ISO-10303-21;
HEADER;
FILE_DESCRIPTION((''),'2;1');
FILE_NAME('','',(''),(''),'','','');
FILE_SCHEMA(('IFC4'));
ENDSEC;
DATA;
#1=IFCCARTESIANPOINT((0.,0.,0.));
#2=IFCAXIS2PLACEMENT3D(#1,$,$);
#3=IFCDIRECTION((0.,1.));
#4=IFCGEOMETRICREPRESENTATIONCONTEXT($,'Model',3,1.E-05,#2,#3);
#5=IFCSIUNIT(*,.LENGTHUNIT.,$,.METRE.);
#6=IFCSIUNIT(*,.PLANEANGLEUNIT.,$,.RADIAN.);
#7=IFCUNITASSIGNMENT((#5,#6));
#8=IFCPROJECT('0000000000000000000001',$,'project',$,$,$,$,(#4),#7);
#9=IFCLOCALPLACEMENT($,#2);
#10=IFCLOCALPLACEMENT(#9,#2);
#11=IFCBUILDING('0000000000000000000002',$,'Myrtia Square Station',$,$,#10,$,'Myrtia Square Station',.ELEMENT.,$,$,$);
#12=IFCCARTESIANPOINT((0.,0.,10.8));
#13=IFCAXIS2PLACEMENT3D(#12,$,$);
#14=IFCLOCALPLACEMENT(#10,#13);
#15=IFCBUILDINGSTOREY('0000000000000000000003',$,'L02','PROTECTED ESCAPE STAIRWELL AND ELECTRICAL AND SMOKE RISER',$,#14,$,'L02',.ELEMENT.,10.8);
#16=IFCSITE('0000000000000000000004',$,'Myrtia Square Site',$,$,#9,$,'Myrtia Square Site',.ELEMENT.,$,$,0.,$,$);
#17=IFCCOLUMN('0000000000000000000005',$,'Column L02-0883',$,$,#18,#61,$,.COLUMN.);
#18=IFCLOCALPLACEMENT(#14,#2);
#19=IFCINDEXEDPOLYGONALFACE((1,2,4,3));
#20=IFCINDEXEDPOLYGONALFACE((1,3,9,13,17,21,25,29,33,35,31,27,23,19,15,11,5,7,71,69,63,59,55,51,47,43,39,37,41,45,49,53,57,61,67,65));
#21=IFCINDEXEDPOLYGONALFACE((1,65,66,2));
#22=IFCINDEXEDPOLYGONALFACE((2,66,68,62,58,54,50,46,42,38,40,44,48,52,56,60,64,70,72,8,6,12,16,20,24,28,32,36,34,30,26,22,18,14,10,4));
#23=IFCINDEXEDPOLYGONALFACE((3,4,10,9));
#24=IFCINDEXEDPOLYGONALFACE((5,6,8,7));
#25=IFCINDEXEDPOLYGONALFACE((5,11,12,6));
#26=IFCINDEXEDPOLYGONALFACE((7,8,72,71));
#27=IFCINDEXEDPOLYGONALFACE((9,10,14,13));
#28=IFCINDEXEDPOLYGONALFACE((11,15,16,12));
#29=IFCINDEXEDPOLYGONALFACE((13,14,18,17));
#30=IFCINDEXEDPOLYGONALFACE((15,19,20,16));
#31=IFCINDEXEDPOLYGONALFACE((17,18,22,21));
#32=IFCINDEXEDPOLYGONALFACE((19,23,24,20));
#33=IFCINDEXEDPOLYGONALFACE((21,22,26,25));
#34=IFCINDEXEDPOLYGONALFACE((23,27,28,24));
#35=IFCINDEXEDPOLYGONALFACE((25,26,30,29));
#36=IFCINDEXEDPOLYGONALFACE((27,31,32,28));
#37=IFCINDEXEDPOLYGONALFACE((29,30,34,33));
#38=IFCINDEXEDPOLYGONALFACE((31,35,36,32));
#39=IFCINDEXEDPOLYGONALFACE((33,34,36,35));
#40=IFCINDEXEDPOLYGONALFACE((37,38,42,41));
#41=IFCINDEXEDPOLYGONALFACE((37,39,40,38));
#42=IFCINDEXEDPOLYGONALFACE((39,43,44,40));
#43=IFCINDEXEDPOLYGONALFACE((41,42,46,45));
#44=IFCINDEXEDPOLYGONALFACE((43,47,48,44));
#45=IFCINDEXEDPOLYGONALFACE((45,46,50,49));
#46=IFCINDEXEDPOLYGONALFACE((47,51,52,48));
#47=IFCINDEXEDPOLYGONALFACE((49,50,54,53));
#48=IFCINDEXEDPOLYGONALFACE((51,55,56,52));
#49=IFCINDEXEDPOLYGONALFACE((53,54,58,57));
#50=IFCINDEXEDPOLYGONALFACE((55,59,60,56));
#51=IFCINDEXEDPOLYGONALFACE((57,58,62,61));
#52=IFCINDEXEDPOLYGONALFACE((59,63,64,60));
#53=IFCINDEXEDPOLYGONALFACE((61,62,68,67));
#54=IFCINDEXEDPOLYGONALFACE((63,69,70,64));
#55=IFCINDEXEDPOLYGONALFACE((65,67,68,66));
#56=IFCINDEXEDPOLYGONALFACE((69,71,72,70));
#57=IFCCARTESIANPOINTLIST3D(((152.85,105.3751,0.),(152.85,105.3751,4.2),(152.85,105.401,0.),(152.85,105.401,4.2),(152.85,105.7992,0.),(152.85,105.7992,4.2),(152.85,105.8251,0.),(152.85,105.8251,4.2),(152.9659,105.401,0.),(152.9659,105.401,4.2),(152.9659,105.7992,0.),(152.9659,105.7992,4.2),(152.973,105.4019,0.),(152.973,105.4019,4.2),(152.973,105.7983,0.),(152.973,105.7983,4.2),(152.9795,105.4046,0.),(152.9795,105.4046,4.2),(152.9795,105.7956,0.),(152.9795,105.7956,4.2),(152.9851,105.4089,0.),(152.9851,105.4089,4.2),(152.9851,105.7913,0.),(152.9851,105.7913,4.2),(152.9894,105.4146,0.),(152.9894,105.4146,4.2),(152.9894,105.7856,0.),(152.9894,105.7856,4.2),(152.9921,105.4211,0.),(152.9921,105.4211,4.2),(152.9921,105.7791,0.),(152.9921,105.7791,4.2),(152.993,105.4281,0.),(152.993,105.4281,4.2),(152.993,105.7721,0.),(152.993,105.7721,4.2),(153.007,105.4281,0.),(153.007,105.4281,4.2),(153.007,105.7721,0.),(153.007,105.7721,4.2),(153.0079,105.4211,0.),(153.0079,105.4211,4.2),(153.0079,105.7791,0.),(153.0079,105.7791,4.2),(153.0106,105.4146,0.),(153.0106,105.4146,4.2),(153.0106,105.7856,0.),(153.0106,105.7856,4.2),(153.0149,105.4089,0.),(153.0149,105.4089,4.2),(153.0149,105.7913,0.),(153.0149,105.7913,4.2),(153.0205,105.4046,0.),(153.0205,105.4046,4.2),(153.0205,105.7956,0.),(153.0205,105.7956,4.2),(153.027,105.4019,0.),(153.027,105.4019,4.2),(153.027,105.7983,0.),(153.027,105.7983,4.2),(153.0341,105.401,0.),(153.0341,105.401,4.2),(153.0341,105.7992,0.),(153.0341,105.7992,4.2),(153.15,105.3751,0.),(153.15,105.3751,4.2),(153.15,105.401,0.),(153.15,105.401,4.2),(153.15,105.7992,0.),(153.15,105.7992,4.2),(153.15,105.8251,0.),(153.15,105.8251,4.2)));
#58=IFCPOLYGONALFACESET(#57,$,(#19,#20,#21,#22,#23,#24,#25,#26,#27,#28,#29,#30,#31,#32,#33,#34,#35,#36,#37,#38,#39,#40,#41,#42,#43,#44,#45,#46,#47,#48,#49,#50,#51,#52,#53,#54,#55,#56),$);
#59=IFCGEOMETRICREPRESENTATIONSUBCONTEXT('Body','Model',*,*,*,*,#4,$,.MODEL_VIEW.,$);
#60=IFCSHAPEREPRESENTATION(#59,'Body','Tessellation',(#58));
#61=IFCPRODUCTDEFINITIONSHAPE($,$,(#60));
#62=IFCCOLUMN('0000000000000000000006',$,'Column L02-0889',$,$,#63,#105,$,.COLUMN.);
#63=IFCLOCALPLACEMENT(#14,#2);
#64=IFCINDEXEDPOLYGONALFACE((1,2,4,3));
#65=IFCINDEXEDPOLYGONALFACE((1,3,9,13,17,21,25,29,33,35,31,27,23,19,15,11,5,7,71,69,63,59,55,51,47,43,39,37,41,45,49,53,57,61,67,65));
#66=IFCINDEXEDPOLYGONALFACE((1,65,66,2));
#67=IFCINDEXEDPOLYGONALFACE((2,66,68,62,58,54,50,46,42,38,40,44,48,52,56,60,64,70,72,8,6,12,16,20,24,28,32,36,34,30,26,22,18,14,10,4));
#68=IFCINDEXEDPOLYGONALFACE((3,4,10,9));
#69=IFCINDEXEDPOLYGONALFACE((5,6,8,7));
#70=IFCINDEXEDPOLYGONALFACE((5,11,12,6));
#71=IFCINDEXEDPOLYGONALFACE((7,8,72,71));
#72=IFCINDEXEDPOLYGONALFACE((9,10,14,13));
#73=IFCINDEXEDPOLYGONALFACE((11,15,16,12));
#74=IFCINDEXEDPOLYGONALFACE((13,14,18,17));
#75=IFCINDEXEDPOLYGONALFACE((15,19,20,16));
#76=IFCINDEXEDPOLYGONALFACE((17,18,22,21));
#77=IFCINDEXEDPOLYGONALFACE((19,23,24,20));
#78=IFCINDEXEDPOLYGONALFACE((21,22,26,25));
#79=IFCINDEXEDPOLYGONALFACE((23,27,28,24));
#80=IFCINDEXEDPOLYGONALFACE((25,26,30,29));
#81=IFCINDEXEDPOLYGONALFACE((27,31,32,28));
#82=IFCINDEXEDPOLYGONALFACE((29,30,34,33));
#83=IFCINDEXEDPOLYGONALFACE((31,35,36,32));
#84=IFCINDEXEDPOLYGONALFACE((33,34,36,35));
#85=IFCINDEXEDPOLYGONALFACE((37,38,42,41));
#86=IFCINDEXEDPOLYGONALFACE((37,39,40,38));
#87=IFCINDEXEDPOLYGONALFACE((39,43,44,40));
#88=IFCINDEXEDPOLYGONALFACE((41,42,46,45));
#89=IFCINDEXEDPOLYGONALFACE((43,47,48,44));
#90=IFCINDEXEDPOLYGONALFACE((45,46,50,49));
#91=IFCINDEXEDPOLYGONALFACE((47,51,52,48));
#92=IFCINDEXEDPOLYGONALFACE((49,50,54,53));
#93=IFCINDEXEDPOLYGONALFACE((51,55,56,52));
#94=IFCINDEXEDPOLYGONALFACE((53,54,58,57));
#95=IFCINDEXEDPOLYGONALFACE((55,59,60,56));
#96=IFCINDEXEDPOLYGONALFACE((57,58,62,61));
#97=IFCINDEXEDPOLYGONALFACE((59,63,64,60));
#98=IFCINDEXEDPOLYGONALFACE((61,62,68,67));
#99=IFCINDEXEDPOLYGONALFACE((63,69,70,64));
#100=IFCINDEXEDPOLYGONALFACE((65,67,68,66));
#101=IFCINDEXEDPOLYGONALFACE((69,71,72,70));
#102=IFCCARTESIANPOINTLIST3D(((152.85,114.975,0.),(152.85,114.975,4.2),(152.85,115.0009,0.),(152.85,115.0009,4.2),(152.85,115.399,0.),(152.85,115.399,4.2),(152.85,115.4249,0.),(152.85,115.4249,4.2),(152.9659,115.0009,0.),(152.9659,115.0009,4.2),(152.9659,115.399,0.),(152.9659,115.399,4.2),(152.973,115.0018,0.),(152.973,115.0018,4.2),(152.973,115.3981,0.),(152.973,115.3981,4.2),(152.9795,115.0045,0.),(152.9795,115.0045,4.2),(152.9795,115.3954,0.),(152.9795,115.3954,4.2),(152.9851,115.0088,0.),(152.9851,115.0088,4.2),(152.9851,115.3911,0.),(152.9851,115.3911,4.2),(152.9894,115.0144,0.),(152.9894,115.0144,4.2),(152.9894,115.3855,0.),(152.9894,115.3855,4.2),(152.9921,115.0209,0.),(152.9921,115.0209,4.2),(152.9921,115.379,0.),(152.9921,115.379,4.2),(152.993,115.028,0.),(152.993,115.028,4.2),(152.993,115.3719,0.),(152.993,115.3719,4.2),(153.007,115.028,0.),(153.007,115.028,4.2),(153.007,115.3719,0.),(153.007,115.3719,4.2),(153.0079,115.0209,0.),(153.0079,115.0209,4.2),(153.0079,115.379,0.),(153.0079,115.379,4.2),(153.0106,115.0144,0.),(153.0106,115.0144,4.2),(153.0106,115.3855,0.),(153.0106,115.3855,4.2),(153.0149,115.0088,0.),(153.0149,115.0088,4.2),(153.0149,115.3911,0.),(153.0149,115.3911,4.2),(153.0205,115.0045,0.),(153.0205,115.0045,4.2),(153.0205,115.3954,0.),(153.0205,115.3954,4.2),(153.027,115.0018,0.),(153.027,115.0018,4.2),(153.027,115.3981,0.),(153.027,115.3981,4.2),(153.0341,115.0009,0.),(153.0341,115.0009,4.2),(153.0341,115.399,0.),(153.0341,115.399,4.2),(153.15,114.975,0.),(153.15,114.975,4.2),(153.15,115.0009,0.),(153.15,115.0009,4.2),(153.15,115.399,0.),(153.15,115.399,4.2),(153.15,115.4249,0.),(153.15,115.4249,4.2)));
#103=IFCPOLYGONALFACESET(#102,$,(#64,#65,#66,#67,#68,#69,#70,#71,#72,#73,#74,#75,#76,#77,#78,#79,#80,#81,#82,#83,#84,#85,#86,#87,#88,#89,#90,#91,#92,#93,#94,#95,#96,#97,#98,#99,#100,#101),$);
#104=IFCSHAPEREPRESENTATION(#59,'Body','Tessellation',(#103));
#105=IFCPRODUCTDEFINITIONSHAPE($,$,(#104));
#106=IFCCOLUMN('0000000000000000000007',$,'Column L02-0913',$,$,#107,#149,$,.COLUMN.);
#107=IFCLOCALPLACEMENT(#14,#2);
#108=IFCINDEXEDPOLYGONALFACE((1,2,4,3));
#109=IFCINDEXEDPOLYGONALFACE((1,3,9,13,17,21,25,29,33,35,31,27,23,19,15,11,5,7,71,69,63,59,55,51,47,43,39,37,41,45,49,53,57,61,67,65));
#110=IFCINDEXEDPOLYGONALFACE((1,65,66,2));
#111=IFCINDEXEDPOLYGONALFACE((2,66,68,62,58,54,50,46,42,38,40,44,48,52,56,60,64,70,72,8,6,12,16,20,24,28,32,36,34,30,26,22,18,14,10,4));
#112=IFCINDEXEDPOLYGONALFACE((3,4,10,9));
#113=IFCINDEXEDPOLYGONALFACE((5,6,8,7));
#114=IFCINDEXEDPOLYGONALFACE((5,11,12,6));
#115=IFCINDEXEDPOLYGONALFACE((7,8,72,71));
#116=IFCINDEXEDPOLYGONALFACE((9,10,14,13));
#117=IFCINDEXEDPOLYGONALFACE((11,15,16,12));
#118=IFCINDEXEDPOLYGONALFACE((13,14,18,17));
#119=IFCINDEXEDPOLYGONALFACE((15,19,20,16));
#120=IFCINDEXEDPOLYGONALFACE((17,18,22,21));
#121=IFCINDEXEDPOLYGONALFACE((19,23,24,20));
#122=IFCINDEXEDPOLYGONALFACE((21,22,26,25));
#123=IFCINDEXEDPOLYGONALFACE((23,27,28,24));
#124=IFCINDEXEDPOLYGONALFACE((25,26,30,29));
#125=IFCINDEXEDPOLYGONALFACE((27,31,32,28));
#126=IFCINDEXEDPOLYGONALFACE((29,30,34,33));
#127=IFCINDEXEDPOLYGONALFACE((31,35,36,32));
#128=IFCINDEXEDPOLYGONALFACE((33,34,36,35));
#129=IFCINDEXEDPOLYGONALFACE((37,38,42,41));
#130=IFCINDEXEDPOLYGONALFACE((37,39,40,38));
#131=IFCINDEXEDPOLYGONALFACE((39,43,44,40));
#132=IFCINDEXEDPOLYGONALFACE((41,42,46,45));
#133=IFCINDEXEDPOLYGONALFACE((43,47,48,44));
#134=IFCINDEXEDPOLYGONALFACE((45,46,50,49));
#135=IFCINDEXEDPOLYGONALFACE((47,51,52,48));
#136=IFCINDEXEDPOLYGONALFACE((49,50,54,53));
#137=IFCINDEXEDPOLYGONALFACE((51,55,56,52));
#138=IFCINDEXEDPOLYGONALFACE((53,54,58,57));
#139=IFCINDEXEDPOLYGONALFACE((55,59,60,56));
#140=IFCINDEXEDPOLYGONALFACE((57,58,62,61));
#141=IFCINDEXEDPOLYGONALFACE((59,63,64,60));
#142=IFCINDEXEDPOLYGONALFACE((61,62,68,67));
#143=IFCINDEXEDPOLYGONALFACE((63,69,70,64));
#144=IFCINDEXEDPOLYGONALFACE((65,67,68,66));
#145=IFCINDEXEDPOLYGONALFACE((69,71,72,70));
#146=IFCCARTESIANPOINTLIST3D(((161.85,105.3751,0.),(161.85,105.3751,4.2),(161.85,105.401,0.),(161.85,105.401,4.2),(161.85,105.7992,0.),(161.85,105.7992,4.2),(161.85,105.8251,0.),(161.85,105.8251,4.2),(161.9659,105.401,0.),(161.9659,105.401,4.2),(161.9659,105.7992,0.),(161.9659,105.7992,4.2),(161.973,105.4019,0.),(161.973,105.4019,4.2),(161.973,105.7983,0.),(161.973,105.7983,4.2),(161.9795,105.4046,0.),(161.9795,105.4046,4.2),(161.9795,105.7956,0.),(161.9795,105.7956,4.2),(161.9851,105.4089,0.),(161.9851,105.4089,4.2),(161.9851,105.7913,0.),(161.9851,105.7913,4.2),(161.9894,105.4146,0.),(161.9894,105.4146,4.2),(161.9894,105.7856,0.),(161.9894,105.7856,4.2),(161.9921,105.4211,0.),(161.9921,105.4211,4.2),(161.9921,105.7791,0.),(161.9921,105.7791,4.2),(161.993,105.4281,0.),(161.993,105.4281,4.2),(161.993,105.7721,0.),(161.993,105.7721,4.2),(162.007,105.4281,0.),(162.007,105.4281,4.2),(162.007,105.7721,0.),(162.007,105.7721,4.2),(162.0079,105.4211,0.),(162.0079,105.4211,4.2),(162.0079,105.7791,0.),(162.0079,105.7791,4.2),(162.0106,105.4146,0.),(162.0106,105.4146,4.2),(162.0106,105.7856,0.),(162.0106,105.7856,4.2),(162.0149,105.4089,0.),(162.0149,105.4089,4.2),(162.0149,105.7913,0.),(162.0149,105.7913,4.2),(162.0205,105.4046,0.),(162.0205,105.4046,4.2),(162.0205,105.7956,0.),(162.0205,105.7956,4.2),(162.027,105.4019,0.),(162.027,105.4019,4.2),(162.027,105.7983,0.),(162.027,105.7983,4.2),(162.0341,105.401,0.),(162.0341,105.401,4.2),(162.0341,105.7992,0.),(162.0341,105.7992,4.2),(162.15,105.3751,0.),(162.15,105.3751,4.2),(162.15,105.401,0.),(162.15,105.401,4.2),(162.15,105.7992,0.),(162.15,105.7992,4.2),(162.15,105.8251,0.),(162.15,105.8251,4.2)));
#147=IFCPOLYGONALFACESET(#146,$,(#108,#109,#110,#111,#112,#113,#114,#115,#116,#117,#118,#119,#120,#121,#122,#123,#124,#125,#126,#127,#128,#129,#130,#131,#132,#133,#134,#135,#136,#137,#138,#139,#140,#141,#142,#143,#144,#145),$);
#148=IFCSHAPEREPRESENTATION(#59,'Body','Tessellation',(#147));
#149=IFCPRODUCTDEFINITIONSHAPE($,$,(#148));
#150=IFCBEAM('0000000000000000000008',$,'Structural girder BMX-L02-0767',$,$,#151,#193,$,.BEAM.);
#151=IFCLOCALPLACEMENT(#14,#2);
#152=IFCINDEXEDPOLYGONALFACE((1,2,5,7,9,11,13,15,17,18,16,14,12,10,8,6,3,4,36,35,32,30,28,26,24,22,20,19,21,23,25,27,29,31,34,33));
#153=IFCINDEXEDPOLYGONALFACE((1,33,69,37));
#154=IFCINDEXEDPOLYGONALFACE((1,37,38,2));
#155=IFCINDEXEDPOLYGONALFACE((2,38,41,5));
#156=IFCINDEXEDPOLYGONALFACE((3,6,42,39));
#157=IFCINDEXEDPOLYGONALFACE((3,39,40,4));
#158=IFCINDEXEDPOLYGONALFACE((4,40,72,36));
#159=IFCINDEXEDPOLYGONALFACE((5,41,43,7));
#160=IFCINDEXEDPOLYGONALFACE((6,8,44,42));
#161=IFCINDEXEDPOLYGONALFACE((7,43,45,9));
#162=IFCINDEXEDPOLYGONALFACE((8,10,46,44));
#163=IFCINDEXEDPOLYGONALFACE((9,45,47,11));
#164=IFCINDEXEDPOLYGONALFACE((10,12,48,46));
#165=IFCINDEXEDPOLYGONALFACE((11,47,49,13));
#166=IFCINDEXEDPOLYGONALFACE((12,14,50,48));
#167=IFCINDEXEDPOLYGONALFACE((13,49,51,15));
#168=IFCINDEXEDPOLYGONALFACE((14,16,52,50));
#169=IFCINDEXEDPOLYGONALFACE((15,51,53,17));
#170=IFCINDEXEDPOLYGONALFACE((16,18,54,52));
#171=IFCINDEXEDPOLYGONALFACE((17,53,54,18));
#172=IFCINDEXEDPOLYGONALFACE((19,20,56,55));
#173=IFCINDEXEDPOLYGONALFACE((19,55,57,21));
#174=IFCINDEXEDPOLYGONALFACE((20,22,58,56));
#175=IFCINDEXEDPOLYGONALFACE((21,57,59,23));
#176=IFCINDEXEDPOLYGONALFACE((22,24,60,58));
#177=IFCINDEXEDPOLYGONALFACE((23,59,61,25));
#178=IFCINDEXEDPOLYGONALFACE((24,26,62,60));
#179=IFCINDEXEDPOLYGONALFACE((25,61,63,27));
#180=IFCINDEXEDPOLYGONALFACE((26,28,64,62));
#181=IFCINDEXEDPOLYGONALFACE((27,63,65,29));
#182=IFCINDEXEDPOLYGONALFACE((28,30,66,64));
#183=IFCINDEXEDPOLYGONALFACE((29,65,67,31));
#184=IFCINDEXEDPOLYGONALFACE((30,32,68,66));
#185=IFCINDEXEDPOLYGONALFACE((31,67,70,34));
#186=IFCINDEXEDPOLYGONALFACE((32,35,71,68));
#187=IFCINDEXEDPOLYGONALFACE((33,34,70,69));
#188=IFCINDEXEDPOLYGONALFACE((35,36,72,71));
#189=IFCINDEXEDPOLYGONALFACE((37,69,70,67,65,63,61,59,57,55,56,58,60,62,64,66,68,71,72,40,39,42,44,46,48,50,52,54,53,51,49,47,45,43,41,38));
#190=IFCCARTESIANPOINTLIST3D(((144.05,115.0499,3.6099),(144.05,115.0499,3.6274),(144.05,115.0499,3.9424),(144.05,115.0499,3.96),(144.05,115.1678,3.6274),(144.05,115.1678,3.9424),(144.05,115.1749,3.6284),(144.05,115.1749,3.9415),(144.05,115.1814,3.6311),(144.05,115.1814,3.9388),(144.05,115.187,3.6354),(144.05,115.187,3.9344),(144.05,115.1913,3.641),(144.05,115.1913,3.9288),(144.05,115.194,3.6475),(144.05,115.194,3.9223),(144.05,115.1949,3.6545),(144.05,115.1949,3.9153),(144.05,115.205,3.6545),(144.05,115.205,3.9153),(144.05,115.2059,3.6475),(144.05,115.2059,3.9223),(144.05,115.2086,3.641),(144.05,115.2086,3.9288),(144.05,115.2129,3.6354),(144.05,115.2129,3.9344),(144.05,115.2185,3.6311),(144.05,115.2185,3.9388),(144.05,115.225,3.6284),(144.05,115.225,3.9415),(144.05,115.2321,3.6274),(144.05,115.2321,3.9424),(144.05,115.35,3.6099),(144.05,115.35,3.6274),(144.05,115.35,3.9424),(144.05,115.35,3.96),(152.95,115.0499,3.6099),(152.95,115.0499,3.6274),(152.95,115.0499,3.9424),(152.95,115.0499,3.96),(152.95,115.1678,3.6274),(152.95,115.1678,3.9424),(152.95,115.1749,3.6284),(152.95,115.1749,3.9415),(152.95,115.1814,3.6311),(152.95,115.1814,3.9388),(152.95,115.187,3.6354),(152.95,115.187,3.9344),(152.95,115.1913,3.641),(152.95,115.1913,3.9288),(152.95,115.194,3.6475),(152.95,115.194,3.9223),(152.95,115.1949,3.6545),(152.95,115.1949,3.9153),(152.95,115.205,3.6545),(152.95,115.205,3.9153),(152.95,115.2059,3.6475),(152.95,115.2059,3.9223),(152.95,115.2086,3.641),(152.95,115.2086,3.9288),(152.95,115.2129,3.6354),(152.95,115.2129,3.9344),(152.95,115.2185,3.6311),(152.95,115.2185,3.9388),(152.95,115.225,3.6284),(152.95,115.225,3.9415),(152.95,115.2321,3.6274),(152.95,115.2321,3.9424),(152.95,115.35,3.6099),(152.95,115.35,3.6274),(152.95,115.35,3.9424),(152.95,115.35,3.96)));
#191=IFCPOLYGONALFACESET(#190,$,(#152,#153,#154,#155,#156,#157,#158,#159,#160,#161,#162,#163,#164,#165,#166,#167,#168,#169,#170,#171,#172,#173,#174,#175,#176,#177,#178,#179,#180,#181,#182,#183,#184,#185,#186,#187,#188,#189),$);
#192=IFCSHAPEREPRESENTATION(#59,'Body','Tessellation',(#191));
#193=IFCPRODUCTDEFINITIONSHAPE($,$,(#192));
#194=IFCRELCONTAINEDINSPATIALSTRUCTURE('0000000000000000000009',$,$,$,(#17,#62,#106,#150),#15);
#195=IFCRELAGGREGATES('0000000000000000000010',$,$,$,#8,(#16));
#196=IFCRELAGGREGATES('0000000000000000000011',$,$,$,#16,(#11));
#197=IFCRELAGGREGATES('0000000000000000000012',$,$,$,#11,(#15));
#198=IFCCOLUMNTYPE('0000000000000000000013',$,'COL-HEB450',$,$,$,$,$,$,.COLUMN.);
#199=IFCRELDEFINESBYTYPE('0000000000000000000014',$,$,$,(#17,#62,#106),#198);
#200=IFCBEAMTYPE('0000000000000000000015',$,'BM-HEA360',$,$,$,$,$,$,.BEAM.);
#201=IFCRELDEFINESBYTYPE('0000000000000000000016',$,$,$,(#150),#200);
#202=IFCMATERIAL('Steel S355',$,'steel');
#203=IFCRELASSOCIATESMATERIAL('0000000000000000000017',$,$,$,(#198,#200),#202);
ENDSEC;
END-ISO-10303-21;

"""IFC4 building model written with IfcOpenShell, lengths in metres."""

from ifc_helpers import new_model, si_unit, direction, frame, origin, origin_2d, place, context, subcontext, project, spatial, i_section, extrude, material, material_profile, profile_set, type_object, element, save


model = new_model("IFC4")

# Units and contexts
model_context = context("Model", 3, precision=1e-05, world=origin(), true_north=direction((0.0, 1.0)))
body_context = subcontext(model_context, "Body", "Model", "MODEL_VIEW")
ifc_project = project(units=[si_unit("LENGTHUNIT", "METRE"), si_unit("PLANEANGLEUNIT", "RADIAN")], contexts=[model_context])

# Site, building, storey
site_placement = place(None, origin())
site = spatial("IfcSite", under=ifc_project, at=site_placement, Name="Myrtia Square Site", LongName="Myrtia Square Site", CompositionType="ELEMENT", RefElevation=0.0)
building_placement = place(site_placement, origin())
building = spatial("IfcBuilding", under=site, at=building_placement, Name="Myrtia Square Station", LongName="Myrtia Square Station", CompositionType="ELEMENT")
storey_placement = place(building_placement, frame((0.0, 0.0, 10.8)))
storey = spatial("IfcBuildingStorey", under=building, at=storey_placement, Name="L02", Description="PROTECTED ESCAPE STAIRWELL AND ELECTRICAL AND SMOKE RISER", LongName="L02", CompositionType="ELEMENT", Elevation=10.8)

# Columns
ifc_material_1 = material(Name="Steel S355", Category="steel")
ifc_material_profile_1 = material_profile(ifc_material_1, i_section(OverallWidth=0.3, OverallDepth=0.45, WebThickness=0.0139, FlangeThickness=0.0259, FilletRadius=0.0271, at=origin_2d()), Name="HEB 450")
ifc_profile_set_1 = profile_set([ifc_material_profile_1], Name="Steel S355")
column_type = type_object("IfcColumnType", Name="COL-HEB450", PredefinedType="COLUMN", material=ifc_profile_set_1)
for number, where, z_axis, x_axis, name in (
    (1, (153.0, 105.6001, 0.0), (0.0, 0.0, 1.0), (1.0, 0.0, 0.0), "Column L02-0883"),
    (2, (153.0, 115.2, 0.0), (0.0, 0.0, 1.0), (1.0, 0.0, 0.0), "Column L02-0889"),
    (3, (162.0, 105.6001, 0.0), (0.0, 0.0, 1.0), (1.0, 0.0, 0.0), "Column L02-0913"),
):
    element("IfcColumn", number, at=place(storey_placement, frame(where, z_axis=z_axis, x_axis=x_axis)), inside=storey, type_object=column_type, Name=name, PredefinedType="COLUMN", context=body_context, shape_type="SweptSolid", body=[
        extrude(i_section(OverallWidth=0.3, OverallDepth=0.45, WebThickness=0.0139, FlangeThickness=0.0259, FilletRadius=0.0271, at=origin_2d()), origin(), (0.0, 0.0, 1.0), 4.2),
    ])

# Beam
ifc_material_profile_2 = material_profile(ifc_material_1, i_section(OverallWidth=0.3, OverallDepth=0.3501, WebThickness=0.01, FlangeThickness=0.0176, FilletRadius=0.0271, at=origin_2d()), Name="HEA 360")
ifc_profile_set_2 = profile_set([ifc_material_profile_2], Name="Steel S355")
beam_type_1 = type_object("IfcBeamType", Name="BM-HEA360", PredefinedType="BEAM", material=ifc_profile_set_2)
beam_1_placement = place(storey_placement, frame((144.05, 115.2, 3.7849), z_axis=(1.0, 0.0, 0.0), x_axis=(0.0, 1.0, 0.0)))
element("IfcBeam", 4, at=beam_1_placement, inside=storey, type_object=beam_type_1, Name="Structural girder BMX-L02-0767", PredefinedType="BEAM", context=body_context, shape_type="SweptSolid", body=[
    extrude(i_section(OverallWidth=0.3, OverallDepth=0.3501, WebThickness=0.01, FlangeThickness=0.0176, FilletRadius=0.0271, at=origin_2d()), origin(), (0.0, 0.0, 1.0), 8.8999),
])

save(model, "model.ifc")
